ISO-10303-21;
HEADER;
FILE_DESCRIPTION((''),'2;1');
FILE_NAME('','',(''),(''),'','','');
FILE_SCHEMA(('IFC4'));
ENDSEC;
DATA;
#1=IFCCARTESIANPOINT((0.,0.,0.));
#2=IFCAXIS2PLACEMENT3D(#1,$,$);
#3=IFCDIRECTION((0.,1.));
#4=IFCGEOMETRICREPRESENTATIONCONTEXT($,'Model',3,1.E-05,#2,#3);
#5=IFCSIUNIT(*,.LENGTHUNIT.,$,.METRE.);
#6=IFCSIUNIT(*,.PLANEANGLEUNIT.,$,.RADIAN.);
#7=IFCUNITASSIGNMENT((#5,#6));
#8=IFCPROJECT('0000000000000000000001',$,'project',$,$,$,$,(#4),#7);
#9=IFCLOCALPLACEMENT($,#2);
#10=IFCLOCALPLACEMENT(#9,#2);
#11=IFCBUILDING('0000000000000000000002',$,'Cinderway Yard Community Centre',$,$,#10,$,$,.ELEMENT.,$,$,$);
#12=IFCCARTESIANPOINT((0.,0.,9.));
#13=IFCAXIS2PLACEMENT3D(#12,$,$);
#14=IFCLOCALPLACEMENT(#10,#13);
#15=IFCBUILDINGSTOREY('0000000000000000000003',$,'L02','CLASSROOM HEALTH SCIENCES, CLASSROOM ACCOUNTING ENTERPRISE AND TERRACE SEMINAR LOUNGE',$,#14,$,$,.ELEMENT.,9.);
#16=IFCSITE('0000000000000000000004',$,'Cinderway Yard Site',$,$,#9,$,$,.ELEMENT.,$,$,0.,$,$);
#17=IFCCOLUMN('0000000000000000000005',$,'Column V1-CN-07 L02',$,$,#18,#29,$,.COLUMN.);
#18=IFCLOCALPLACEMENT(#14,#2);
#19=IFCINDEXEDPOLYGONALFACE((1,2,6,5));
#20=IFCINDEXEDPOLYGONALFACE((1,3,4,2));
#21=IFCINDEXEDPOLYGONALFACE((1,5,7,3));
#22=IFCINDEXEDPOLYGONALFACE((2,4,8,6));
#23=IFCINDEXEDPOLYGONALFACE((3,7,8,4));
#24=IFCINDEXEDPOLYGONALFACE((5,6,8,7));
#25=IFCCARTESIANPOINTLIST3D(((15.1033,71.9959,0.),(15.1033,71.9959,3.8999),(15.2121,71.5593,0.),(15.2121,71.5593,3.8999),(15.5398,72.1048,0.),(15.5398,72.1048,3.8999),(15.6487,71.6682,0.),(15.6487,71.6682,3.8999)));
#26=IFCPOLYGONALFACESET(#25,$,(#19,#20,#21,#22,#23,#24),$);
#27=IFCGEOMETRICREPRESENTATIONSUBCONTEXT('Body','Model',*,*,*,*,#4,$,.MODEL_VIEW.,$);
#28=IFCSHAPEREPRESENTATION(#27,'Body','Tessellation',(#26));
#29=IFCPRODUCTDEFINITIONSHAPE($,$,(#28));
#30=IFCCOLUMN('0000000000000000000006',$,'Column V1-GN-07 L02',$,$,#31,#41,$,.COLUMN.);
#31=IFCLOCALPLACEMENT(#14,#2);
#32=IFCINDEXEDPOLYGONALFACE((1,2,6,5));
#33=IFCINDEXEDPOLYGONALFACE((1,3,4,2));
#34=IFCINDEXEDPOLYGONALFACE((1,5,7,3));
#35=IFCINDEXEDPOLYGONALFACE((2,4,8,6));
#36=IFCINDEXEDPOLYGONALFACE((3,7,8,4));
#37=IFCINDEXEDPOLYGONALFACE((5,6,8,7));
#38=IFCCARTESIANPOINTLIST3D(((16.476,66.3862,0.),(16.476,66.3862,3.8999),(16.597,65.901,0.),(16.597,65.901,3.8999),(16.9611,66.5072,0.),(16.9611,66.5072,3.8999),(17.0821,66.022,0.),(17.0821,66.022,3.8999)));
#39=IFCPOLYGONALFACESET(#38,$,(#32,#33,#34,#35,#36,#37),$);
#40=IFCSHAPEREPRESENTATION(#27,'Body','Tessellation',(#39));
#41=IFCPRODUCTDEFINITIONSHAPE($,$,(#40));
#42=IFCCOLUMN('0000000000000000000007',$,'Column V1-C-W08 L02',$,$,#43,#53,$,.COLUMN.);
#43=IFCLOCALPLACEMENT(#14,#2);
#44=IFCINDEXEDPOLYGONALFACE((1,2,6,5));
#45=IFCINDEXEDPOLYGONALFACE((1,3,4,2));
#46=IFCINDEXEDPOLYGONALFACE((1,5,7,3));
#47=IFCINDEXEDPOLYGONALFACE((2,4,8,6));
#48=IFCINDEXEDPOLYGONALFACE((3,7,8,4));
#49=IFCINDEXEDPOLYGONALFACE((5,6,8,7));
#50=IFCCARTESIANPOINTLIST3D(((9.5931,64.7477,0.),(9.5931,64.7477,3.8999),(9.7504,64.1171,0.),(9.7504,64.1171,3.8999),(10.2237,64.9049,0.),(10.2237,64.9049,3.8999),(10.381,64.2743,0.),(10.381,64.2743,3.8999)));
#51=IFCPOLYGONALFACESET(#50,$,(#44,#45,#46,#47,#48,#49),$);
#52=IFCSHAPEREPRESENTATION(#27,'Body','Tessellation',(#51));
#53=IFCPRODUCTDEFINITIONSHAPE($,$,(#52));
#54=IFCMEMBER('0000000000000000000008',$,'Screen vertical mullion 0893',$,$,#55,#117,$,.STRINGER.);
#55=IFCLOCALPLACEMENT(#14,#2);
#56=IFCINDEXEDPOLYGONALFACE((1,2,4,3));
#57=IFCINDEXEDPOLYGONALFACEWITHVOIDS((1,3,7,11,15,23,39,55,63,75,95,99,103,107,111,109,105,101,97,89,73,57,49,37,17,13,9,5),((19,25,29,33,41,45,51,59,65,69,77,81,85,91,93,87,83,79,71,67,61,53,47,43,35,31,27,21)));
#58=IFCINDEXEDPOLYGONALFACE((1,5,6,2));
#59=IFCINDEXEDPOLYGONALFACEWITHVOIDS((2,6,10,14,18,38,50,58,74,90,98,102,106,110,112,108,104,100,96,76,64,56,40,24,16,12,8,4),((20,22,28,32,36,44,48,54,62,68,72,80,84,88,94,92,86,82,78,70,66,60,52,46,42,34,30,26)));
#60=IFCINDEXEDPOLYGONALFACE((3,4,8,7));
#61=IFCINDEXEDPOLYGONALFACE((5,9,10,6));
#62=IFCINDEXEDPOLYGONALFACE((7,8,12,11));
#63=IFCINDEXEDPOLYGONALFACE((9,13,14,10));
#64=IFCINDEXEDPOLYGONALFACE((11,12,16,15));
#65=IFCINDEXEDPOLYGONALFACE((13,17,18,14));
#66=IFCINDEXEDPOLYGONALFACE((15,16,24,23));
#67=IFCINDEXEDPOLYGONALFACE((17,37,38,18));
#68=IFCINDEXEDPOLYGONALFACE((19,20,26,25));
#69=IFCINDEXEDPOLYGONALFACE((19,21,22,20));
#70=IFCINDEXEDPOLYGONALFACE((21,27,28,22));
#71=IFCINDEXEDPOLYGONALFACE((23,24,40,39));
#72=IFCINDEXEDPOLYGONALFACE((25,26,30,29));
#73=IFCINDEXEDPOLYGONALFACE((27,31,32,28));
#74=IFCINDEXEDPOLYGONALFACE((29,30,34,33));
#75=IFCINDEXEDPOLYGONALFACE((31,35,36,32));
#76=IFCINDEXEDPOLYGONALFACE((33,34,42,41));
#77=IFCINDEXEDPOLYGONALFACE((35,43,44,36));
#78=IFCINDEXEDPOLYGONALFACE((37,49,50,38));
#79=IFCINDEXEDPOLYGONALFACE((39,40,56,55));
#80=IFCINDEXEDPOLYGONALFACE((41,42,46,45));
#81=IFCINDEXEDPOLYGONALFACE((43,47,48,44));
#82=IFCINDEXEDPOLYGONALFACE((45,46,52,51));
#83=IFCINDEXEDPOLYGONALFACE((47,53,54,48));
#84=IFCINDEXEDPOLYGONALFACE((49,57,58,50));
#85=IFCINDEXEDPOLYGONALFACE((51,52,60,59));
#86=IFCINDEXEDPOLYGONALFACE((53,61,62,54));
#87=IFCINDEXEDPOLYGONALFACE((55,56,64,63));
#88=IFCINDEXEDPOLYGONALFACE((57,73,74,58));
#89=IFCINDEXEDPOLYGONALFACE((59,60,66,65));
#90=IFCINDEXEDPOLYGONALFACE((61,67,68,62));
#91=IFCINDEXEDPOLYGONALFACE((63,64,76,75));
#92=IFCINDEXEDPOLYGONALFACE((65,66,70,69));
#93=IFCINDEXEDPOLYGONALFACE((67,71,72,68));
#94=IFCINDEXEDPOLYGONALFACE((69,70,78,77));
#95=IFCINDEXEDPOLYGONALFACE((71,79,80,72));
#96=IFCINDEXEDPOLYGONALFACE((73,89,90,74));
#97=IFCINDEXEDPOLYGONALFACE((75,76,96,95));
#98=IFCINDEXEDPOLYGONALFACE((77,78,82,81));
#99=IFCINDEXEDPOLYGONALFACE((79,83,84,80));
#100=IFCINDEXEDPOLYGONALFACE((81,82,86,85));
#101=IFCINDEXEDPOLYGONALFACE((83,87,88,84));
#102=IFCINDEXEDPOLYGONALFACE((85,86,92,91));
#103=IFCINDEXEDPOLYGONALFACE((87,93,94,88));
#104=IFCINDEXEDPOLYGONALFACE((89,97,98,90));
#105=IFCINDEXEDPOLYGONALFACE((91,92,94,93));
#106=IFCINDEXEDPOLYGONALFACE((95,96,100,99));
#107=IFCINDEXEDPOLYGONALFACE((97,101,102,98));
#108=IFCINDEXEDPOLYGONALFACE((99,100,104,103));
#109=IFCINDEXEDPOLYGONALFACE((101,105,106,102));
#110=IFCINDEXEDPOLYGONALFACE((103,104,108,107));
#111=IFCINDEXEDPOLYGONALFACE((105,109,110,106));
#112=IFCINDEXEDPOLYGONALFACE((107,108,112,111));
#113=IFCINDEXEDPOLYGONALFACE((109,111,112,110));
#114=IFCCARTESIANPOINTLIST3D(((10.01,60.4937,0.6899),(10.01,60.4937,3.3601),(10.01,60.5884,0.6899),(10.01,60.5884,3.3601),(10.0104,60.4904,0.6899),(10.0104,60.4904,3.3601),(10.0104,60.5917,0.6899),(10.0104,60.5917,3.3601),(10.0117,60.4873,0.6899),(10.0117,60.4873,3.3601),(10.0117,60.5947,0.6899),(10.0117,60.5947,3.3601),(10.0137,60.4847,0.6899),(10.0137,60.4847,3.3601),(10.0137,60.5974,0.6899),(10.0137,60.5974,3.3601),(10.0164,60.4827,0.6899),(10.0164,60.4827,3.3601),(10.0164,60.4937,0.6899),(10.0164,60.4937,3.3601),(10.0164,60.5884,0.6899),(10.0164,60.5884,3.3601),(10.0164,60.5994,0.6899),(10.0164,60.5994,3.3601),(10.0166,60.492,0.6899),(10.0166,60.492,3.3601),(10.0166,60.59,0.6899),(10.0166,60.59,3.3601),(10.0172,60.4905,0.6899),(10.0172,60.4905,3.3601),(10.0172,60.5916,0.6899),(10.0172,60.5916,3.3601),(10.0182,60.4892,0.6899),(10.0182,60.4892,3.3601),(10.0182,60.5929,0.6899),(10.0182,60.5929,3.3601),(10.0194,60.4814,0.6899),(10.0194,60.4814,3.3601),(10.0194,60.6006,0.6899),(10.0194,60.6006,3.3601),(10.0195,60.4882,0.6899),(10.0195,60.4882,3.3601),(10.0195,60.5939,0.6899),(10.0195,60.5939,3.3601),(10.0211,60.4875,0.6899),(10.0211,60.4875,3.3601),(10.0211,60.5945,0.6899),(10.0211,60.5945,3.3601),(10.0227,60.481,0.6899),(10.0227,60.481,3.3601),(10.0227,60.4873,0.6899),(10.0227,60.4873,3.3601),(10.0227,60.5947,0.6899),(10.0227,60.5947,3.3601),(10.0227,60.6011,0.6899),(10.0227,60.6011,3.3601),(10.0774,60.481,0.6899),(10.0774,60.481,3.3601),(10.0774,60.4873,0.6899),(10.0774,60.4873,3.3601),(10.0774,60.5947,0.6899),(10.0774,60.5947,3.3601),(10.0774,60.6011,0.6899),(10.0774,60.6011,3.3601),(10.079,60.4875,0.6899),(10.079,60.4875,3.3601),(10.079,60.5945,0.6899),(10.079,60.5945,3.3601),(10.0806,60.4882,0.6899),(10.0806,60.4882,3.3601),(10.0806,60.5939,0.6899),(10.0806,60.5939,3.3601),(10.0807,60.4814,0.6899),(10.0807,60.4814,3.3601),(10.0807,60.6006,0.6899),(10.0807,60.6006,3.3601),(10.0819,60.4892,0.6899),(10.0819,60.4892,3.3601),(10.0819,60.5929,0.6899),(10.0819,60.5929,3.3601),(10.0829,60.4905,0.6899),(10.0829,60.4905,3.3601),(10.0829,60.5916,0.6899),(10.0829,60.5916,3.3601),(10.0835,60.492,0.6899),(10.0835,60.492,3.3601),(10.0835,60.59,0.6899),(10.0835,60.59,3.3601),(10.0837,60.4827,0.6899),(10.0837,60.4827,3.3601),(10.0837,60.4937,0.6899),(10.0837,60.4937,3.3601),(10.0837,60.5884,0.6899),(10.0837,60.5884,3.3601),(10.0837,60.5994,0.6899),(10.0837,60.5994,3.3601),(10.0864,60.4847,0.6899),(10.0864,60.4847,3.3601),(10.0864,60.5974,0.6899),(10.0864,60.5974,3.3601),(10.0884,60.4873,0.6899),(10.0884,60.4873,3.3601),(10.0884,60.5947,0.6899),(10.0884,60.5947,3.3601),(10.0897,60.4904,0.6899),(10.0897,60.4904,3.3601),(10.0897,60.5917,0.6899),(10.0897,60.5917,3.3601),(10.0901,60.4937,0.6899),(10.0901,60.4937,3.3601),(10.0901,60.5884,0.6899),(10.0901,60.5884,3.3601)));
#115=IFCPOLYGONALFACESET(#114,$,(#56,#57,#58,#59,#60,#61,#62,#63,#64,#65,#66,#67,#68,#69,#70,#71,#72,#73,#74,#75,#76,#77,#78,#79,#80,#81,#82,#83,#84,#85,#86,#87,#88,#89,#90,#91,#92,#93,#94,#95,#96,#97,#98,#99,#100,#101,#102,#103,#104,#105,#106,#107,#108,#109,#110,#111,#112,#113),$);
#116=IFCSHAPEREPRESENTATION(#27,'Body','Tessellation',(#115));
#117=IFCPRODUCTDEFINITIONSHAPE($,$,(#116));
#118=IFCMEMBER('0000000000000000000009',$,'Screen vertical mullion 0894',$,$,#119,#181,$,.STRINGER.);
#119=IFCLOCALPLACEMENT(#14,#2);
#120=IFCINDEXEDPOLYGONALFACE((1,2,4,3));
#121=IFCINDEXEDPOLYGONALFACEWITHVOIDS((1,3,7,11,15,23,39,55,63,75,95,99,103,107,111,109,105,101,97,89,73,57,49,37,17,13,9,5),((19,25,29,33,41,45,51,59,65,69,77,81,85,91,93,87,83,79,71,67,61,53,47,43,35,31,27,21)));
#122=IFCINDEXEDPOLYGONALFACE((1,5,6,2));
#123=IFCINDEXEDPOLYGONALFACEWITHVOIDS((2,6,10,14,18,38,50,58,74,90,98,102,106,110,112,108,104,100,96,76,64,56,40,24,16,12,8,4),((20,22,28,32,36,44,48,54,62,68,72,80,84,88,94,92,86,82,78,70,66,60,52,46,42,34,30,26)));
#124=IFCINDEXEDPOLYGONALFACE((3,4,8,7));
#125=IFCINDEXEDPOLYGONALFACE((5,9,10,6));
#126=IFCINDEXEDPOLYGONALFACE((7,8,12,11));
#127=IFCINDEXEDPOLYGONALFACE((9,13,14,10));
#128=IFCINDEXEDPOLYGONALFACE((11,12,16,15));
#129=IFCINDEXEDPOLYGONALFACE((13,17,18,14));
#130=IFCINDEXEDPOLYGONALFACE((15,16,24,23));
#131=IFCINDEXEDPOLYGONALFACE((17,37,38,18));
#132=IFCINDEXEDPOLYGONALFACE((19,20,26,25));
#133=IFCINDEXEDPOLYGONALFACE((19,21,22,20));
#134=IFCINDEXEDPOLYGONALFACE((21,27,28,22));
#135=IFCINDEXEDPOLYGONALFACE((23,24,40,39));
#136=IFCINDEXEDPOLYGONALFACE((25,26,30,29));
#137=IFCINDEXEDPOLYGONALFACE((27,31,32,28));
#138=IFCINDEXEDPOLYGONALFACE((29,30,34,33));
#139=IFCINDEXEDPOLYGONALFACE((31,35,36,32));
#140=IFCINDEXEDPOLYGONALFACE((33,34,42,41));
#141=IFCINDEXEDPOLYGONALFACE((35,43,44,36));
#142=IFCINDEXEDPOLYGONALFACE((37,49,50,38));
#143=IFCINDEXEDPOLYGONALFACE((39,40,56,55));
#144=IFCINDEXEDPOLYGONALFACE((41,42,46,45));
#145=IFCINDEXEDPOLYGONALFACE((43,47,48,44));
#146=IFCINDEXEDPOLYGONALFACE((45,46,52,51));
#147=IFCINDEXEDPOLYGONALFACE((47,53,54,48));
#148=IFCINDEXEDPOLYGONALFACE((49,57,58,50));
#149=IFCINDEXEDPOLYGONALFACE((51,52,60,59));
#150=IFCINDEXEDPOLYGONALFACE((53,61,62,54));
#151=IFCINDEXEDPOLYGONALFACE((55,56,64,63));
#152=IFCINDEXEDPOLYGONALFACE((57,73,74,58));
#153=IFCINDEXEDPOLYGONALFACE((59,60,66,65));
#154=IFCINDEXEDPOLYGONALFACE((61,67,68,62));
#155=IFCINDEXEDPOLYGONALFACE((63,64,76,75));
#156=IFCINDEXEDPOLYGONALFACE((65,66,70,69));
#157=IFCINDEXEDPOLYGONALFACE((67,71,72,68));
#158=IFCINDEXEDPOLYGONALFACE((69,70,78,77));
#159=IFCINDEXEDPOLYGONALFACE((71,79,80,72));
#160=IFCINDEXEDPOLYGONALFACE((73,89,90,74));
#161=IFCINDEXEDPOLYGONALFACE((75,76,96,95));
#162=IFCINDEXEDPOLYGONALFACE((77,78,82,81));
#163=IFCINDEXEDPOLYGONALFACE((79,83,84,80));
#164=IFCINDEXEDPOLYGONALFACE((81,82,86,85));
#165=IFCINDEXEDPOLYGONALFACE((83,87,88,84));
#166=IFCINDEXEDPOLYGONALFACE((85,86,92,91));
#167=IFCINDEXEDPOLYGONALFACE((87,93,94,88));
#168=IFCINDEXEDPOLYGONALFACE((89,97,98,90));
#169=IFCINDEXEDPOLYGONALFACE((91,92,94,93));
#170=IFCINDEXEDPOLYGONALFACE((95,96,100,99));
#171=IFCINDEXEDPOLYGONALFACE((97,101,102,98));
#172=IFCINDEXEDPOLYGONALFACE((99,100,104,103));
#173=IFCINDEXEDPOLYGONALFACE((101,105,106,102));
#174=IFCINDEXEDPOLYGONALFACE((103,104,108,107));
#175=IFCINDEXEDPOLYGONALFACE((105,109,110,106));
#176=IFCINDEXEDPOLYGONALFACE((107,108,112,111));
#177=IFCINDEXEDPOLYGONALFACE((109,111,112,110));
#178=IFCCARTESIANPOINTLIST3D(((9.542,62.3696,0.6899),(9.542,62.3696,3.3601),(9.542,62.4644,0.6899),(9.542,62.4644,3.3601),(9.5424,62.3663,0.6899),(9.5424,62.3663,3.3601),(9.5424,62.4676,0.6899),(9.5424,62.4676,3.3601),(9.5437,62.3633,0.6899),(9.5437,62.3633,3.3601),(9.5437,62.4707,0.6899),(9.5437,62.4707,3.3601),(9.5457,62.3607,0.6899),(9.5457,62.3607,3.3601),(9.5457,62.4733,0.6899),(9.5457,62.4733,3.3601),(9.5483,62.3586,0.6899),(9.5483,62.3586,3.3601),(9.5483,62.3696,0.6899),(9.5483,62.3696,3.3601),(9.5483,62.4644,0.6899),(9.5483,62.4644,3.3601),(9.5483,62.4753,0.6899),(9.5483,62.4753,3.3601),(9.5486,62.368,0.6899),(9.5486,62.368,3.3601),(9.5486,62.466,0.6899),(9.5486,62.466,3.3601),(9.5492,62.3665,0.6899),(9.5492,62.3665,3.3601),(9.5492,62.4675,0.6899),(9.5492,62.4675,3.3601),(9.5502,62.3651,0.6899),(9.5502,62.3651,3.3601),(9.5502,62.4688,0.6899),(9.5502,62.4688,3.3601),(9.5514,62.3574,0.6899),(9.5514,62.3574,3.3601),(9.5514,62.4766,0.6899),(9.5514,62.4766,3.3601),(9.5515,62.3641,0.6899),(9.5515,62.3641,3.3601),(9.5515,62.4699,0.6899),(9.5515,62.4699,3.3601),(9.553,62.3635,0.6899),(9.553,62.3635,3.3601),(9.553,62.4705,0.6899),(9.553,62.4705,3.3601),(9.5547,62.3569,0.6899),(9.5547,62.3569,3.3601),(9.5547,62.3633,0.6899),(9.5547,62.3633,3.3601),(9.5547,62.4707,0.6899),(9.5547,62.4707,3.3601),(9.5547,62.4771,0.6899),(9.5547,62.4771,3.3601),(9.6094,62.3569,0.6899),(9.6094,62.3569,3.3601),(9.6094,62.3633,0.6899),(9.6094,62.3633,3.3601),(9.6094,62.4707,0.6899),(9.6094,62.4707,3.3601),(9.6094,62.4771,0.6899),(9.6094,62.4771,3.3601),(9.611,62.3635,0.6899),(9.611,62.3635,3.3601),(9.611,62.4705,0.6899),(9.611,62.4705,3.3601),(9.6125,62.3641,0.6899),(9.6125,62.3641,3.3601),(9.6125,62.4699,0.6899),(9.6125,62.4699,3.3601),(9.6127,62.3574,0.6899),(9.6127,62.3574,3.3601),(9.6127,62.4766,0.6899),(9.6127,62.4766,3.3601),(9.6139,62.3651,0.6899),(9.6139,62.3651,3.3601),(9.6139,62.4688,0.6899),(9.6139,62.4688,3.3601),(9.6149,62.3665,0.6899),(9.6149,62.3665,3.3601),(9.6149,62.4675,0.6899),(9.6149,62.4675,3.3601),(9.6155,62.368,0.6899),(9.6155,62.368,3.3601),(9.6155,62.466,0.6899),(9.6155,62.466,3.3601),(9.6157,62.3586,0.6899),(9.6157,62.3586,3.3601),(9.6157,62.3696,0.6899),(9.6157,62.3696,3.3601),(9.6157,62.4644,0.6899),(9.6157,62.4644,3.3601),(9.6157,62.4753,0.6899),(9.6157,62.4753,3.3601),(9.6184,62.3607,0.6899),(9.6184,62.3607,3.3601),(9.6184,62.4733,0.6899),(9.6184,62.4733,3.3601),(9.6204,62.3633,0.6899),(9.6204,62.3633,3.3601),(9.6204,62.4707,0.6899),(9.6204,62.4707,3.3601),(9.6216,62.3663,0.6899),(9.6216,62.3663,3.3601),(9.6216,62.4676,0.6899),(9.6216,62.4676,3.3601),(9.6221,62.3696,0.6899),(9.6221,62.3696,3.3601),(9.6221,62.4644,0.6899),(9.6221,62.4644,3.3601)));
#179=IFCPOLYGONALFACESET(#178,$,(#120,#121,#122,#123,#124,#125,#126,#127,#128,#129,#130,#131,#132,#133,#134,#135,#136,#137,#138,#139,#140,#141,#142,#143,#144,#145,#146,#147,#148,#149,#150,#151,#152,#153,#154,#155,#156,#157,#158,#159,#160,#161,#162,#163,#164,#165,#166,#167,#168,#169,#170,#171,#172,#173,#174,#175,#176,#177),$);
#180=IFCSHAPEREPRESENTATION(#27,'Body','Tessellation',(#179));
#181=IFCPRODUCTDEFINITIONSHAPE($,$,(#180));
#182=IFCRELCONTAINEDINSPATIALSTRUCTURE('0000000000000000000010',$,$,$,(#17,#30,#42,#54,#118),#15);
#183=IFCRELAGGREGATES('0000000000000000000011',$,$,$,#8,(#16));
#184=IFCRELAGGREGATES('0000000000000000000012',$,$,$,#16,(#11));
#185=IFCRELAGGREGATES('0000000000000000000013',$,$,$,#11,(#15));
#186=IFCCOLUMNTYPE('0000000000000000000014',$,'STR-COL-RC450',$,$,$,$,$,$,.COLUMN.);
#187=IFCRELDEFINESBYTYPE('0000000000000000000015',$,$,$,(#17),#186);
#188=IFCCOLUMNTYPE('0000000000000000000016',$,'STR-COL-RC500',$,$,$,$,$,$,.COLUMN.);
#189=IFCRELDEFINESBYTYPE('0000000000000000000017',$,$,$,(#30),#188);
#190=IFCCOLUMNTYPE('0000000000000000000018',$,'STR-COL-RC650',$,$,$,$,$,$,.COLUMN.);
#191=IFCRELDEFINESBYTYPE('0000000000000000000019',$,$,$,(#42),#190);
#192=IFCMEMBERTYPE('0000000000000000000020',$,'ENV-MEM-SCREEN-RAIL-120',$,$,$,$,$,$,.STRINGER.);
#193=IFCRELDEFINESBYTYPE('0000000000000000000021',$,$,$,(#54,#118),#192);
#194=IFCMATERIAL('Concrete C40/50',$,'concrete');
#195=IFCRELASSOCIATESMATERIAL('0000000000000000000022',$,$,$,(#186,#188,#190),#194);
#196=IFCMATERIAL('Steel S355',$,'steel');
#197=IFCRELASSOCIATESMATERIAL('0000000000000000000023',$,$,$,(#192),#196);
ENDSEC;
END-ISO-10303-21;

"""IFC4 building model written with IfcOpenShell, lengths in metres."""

from ifc_helpers import new_model, si_unit, direction, frame, origin, origin_2d, place, context, subcontext, project, spatial, rectangle, hollow_rectangle, extrude, material, material_profile, profile_set, type_object, element, save


model = new_model("IFC4")

# Units and contexts
model_context = context("Model", 3, precision=1e-05, world=origin(), true_north=direction((0.0, 1.0)))
body_context = subcontext(model_context, "Body", "Model", "MODEL_VIEW")
ifc_project = project(units=[si_unit("LENGTHUNIT", "METRE"), si_unit("PLANEANGLEUNIT", "RADIAN")], contexts=[model_context])

# Site, building, storey
site_placement = place(None, origin())
site = spatial("IfcSite", under=ifc_project, at=site_placement, Name="Cinderway Yard Site", CompositionType="ELEMENT", RefElevation=0.0)
building_placement = place(site_placement, origin())
building = spatial("IfcBuilding", under=site, at=building_placement, Name="Cinderway Yard Community Centre", CompositionType="ELEMENT")
storey_placement = place(building_placement, frame((0.0, 0.0, 9.0)))
storey = spatial("IfcBuildingStorey", under=building, at=storey_placement, Name="L02", Description="CLASSROOM HEALTH SCIENCES, CLASSROOM ACCOUNTING ENTERPRISE AND TERRACE SEMINAR LOUNGE", CompositionType="ELEMENT", Elevation=9.0)

# Columns
ifc_material_1 = material(Name="Concrete C40/50", Category="concrete")
ifc_material_profile_1 = material_profile(ifc_material_1, rectangle(XDim=0.45, YDim=0.45, at=origin_2d()), Name="Concrete C40/50")
ifc_profile_set_1 = profile_set([ifc_material_profile_1], Name="Concrete C40/50")
column_type_1 = type_object("IfcColumnType", Name="STR-COL-RC450", PredefinedType="COLUMN", material=ifc_profile_set_1)
column_1_placement = place(storey_placement, frame((15.376, 71.832, 0.0), z_axis=(0.0, 0.0, 1.0), x_axis=(0.970296, 0.241922, 0.0)))
element("IfcColumn", 1, at=column_1_placement, inside=storey, type_object=column_type_1, Name="Column V1-CN-07 L02", PredefinedType="COLUMN", context=body_context, shape_type="SweptSolid", body=[
    extrude(rectangle(XDim=0.45, YDim=0.45, at=origin_2d()), origin(), (0.0, 0.0, 1.0), 3.8999),
])
ifc_material_profile_2 = material_profile(ifc_material_1, rectangle(XDim=0.5, YDim=0.5, at=origin_2d()), Name="Concrete C40/50")
ifc_profile_set_2 = profile_set([ifc_material_profile_2], Name="Concrete C40/50")
column_type_2 = type_object("IfcColumnType", Name="STR-COL-RC500", PredefinedType="COLUMN", material=ifc_profile_set_2)
column_2_placement = place(storey_placement, frame((16.7791, 66.2041, 0.0), z_axis=(0.0, 0.0, 1.0), x_axis=(0.970296, 0.241922, 0.0)))
element("IfcColumn", 2, at=column_2_placement, inside=storey, type_object=column_type_2, Name="Column V1-GN-07 L02", PredefinedType="COLUMN", context=body_context, shape_type="SweptSolid", body=[
    extrude(rectangle(XDim=0.5, YDim=0.5, at=origin_2d()), origin(), (0.0, 0.0, 1.0), 3.8999),
])
ifc_material_profile_3 = material_profile(ifc_material_1, rectangle(XDim=0.6499, YDim=0.6499, at=origin_2d()), Name="Concrete C40/50")
ifc_profile_set_3 = profile_set([ifc_material_profile_3], Name="Concrete C40/50")
column_type_3 = type_object("IfcColumnType", Name="STR-COL-RC650", PredefinedType="COLUMN", material=ifc_profile_set_3)
column_3_placement = place(storey_placement, frame((9.9871, 64.511, 0.0), z_axis=(0.0, 0.0, 1.0), x_axis=(0.970296, 0.241922, 0.0)))
element("IfcColumn", 3, at=column_3_placement, inside=storey, type_object=column_type_3, Name="Column V1-C-W08 L02", PredefinedType="COLUMN", context=body_context, shape_type="SweptSolid", body=[
    extrude(rectangle(XDim=0.6499, YDim=0.6499, at=origin_2d()), origin(), (0.0, 0.0, 1.0), 3.8999),
])

# Members
ifc_material_2 = material(Name="Steel S355", Category="steel")
ifc_material_profile_4 = material_profile(ifc_material_2, hollow_rectangle(XDim=0.0801, YDim=0.1201, WallThickness=0.0063, InnerFilletRadius=0.0063, OuterFilletRadius=0.0127, at=origin_2d()), Name="Steel S355")
ifc_profile_set_4 = profile_set([ifc_material_profile_4], Name="Steel S355")
member_type_1 = type_object("IfcMemberType", Name="ENV-MEM-SCREEN-RAIL-120", PredefinedType="STRINGER", material=ifc_profile_set_4)
for number, where, z_axis, x_axis, name in (
    (4, (10.05, 60.541, 0.6899), (0.0, 0.0, 1.0), (1.0, 0.0, 0.0), "Screen vertical mullion 0893"),
    (5, (9.582, 62.417, 0.6899), (0.0, 0.0, 1.0), (1.0, 0.0, 0.0), "Screen vertical mullion 0894"),
):
    element("IfcMember", number, at=place(storey_placement, frame(where, z_axis=z_axis, x_axis=x_axis)), inside=storey, type_object=member_type_1, Name=name, PredefinedType="STRINGER", context=body_context, shape_type="SweptSolid", body=[
        extrude(hollow_rectangle(XDim=0.0801, YDim=0.1201, WallThickness=0.0063, InnerFilletRadius=0.0063, OuterFilletRadius=0.0127, at=origin_2d()), origin(), (0.0, 0.0, 1.0), 2.6702),
    ])

save(model, "model.ifc")
